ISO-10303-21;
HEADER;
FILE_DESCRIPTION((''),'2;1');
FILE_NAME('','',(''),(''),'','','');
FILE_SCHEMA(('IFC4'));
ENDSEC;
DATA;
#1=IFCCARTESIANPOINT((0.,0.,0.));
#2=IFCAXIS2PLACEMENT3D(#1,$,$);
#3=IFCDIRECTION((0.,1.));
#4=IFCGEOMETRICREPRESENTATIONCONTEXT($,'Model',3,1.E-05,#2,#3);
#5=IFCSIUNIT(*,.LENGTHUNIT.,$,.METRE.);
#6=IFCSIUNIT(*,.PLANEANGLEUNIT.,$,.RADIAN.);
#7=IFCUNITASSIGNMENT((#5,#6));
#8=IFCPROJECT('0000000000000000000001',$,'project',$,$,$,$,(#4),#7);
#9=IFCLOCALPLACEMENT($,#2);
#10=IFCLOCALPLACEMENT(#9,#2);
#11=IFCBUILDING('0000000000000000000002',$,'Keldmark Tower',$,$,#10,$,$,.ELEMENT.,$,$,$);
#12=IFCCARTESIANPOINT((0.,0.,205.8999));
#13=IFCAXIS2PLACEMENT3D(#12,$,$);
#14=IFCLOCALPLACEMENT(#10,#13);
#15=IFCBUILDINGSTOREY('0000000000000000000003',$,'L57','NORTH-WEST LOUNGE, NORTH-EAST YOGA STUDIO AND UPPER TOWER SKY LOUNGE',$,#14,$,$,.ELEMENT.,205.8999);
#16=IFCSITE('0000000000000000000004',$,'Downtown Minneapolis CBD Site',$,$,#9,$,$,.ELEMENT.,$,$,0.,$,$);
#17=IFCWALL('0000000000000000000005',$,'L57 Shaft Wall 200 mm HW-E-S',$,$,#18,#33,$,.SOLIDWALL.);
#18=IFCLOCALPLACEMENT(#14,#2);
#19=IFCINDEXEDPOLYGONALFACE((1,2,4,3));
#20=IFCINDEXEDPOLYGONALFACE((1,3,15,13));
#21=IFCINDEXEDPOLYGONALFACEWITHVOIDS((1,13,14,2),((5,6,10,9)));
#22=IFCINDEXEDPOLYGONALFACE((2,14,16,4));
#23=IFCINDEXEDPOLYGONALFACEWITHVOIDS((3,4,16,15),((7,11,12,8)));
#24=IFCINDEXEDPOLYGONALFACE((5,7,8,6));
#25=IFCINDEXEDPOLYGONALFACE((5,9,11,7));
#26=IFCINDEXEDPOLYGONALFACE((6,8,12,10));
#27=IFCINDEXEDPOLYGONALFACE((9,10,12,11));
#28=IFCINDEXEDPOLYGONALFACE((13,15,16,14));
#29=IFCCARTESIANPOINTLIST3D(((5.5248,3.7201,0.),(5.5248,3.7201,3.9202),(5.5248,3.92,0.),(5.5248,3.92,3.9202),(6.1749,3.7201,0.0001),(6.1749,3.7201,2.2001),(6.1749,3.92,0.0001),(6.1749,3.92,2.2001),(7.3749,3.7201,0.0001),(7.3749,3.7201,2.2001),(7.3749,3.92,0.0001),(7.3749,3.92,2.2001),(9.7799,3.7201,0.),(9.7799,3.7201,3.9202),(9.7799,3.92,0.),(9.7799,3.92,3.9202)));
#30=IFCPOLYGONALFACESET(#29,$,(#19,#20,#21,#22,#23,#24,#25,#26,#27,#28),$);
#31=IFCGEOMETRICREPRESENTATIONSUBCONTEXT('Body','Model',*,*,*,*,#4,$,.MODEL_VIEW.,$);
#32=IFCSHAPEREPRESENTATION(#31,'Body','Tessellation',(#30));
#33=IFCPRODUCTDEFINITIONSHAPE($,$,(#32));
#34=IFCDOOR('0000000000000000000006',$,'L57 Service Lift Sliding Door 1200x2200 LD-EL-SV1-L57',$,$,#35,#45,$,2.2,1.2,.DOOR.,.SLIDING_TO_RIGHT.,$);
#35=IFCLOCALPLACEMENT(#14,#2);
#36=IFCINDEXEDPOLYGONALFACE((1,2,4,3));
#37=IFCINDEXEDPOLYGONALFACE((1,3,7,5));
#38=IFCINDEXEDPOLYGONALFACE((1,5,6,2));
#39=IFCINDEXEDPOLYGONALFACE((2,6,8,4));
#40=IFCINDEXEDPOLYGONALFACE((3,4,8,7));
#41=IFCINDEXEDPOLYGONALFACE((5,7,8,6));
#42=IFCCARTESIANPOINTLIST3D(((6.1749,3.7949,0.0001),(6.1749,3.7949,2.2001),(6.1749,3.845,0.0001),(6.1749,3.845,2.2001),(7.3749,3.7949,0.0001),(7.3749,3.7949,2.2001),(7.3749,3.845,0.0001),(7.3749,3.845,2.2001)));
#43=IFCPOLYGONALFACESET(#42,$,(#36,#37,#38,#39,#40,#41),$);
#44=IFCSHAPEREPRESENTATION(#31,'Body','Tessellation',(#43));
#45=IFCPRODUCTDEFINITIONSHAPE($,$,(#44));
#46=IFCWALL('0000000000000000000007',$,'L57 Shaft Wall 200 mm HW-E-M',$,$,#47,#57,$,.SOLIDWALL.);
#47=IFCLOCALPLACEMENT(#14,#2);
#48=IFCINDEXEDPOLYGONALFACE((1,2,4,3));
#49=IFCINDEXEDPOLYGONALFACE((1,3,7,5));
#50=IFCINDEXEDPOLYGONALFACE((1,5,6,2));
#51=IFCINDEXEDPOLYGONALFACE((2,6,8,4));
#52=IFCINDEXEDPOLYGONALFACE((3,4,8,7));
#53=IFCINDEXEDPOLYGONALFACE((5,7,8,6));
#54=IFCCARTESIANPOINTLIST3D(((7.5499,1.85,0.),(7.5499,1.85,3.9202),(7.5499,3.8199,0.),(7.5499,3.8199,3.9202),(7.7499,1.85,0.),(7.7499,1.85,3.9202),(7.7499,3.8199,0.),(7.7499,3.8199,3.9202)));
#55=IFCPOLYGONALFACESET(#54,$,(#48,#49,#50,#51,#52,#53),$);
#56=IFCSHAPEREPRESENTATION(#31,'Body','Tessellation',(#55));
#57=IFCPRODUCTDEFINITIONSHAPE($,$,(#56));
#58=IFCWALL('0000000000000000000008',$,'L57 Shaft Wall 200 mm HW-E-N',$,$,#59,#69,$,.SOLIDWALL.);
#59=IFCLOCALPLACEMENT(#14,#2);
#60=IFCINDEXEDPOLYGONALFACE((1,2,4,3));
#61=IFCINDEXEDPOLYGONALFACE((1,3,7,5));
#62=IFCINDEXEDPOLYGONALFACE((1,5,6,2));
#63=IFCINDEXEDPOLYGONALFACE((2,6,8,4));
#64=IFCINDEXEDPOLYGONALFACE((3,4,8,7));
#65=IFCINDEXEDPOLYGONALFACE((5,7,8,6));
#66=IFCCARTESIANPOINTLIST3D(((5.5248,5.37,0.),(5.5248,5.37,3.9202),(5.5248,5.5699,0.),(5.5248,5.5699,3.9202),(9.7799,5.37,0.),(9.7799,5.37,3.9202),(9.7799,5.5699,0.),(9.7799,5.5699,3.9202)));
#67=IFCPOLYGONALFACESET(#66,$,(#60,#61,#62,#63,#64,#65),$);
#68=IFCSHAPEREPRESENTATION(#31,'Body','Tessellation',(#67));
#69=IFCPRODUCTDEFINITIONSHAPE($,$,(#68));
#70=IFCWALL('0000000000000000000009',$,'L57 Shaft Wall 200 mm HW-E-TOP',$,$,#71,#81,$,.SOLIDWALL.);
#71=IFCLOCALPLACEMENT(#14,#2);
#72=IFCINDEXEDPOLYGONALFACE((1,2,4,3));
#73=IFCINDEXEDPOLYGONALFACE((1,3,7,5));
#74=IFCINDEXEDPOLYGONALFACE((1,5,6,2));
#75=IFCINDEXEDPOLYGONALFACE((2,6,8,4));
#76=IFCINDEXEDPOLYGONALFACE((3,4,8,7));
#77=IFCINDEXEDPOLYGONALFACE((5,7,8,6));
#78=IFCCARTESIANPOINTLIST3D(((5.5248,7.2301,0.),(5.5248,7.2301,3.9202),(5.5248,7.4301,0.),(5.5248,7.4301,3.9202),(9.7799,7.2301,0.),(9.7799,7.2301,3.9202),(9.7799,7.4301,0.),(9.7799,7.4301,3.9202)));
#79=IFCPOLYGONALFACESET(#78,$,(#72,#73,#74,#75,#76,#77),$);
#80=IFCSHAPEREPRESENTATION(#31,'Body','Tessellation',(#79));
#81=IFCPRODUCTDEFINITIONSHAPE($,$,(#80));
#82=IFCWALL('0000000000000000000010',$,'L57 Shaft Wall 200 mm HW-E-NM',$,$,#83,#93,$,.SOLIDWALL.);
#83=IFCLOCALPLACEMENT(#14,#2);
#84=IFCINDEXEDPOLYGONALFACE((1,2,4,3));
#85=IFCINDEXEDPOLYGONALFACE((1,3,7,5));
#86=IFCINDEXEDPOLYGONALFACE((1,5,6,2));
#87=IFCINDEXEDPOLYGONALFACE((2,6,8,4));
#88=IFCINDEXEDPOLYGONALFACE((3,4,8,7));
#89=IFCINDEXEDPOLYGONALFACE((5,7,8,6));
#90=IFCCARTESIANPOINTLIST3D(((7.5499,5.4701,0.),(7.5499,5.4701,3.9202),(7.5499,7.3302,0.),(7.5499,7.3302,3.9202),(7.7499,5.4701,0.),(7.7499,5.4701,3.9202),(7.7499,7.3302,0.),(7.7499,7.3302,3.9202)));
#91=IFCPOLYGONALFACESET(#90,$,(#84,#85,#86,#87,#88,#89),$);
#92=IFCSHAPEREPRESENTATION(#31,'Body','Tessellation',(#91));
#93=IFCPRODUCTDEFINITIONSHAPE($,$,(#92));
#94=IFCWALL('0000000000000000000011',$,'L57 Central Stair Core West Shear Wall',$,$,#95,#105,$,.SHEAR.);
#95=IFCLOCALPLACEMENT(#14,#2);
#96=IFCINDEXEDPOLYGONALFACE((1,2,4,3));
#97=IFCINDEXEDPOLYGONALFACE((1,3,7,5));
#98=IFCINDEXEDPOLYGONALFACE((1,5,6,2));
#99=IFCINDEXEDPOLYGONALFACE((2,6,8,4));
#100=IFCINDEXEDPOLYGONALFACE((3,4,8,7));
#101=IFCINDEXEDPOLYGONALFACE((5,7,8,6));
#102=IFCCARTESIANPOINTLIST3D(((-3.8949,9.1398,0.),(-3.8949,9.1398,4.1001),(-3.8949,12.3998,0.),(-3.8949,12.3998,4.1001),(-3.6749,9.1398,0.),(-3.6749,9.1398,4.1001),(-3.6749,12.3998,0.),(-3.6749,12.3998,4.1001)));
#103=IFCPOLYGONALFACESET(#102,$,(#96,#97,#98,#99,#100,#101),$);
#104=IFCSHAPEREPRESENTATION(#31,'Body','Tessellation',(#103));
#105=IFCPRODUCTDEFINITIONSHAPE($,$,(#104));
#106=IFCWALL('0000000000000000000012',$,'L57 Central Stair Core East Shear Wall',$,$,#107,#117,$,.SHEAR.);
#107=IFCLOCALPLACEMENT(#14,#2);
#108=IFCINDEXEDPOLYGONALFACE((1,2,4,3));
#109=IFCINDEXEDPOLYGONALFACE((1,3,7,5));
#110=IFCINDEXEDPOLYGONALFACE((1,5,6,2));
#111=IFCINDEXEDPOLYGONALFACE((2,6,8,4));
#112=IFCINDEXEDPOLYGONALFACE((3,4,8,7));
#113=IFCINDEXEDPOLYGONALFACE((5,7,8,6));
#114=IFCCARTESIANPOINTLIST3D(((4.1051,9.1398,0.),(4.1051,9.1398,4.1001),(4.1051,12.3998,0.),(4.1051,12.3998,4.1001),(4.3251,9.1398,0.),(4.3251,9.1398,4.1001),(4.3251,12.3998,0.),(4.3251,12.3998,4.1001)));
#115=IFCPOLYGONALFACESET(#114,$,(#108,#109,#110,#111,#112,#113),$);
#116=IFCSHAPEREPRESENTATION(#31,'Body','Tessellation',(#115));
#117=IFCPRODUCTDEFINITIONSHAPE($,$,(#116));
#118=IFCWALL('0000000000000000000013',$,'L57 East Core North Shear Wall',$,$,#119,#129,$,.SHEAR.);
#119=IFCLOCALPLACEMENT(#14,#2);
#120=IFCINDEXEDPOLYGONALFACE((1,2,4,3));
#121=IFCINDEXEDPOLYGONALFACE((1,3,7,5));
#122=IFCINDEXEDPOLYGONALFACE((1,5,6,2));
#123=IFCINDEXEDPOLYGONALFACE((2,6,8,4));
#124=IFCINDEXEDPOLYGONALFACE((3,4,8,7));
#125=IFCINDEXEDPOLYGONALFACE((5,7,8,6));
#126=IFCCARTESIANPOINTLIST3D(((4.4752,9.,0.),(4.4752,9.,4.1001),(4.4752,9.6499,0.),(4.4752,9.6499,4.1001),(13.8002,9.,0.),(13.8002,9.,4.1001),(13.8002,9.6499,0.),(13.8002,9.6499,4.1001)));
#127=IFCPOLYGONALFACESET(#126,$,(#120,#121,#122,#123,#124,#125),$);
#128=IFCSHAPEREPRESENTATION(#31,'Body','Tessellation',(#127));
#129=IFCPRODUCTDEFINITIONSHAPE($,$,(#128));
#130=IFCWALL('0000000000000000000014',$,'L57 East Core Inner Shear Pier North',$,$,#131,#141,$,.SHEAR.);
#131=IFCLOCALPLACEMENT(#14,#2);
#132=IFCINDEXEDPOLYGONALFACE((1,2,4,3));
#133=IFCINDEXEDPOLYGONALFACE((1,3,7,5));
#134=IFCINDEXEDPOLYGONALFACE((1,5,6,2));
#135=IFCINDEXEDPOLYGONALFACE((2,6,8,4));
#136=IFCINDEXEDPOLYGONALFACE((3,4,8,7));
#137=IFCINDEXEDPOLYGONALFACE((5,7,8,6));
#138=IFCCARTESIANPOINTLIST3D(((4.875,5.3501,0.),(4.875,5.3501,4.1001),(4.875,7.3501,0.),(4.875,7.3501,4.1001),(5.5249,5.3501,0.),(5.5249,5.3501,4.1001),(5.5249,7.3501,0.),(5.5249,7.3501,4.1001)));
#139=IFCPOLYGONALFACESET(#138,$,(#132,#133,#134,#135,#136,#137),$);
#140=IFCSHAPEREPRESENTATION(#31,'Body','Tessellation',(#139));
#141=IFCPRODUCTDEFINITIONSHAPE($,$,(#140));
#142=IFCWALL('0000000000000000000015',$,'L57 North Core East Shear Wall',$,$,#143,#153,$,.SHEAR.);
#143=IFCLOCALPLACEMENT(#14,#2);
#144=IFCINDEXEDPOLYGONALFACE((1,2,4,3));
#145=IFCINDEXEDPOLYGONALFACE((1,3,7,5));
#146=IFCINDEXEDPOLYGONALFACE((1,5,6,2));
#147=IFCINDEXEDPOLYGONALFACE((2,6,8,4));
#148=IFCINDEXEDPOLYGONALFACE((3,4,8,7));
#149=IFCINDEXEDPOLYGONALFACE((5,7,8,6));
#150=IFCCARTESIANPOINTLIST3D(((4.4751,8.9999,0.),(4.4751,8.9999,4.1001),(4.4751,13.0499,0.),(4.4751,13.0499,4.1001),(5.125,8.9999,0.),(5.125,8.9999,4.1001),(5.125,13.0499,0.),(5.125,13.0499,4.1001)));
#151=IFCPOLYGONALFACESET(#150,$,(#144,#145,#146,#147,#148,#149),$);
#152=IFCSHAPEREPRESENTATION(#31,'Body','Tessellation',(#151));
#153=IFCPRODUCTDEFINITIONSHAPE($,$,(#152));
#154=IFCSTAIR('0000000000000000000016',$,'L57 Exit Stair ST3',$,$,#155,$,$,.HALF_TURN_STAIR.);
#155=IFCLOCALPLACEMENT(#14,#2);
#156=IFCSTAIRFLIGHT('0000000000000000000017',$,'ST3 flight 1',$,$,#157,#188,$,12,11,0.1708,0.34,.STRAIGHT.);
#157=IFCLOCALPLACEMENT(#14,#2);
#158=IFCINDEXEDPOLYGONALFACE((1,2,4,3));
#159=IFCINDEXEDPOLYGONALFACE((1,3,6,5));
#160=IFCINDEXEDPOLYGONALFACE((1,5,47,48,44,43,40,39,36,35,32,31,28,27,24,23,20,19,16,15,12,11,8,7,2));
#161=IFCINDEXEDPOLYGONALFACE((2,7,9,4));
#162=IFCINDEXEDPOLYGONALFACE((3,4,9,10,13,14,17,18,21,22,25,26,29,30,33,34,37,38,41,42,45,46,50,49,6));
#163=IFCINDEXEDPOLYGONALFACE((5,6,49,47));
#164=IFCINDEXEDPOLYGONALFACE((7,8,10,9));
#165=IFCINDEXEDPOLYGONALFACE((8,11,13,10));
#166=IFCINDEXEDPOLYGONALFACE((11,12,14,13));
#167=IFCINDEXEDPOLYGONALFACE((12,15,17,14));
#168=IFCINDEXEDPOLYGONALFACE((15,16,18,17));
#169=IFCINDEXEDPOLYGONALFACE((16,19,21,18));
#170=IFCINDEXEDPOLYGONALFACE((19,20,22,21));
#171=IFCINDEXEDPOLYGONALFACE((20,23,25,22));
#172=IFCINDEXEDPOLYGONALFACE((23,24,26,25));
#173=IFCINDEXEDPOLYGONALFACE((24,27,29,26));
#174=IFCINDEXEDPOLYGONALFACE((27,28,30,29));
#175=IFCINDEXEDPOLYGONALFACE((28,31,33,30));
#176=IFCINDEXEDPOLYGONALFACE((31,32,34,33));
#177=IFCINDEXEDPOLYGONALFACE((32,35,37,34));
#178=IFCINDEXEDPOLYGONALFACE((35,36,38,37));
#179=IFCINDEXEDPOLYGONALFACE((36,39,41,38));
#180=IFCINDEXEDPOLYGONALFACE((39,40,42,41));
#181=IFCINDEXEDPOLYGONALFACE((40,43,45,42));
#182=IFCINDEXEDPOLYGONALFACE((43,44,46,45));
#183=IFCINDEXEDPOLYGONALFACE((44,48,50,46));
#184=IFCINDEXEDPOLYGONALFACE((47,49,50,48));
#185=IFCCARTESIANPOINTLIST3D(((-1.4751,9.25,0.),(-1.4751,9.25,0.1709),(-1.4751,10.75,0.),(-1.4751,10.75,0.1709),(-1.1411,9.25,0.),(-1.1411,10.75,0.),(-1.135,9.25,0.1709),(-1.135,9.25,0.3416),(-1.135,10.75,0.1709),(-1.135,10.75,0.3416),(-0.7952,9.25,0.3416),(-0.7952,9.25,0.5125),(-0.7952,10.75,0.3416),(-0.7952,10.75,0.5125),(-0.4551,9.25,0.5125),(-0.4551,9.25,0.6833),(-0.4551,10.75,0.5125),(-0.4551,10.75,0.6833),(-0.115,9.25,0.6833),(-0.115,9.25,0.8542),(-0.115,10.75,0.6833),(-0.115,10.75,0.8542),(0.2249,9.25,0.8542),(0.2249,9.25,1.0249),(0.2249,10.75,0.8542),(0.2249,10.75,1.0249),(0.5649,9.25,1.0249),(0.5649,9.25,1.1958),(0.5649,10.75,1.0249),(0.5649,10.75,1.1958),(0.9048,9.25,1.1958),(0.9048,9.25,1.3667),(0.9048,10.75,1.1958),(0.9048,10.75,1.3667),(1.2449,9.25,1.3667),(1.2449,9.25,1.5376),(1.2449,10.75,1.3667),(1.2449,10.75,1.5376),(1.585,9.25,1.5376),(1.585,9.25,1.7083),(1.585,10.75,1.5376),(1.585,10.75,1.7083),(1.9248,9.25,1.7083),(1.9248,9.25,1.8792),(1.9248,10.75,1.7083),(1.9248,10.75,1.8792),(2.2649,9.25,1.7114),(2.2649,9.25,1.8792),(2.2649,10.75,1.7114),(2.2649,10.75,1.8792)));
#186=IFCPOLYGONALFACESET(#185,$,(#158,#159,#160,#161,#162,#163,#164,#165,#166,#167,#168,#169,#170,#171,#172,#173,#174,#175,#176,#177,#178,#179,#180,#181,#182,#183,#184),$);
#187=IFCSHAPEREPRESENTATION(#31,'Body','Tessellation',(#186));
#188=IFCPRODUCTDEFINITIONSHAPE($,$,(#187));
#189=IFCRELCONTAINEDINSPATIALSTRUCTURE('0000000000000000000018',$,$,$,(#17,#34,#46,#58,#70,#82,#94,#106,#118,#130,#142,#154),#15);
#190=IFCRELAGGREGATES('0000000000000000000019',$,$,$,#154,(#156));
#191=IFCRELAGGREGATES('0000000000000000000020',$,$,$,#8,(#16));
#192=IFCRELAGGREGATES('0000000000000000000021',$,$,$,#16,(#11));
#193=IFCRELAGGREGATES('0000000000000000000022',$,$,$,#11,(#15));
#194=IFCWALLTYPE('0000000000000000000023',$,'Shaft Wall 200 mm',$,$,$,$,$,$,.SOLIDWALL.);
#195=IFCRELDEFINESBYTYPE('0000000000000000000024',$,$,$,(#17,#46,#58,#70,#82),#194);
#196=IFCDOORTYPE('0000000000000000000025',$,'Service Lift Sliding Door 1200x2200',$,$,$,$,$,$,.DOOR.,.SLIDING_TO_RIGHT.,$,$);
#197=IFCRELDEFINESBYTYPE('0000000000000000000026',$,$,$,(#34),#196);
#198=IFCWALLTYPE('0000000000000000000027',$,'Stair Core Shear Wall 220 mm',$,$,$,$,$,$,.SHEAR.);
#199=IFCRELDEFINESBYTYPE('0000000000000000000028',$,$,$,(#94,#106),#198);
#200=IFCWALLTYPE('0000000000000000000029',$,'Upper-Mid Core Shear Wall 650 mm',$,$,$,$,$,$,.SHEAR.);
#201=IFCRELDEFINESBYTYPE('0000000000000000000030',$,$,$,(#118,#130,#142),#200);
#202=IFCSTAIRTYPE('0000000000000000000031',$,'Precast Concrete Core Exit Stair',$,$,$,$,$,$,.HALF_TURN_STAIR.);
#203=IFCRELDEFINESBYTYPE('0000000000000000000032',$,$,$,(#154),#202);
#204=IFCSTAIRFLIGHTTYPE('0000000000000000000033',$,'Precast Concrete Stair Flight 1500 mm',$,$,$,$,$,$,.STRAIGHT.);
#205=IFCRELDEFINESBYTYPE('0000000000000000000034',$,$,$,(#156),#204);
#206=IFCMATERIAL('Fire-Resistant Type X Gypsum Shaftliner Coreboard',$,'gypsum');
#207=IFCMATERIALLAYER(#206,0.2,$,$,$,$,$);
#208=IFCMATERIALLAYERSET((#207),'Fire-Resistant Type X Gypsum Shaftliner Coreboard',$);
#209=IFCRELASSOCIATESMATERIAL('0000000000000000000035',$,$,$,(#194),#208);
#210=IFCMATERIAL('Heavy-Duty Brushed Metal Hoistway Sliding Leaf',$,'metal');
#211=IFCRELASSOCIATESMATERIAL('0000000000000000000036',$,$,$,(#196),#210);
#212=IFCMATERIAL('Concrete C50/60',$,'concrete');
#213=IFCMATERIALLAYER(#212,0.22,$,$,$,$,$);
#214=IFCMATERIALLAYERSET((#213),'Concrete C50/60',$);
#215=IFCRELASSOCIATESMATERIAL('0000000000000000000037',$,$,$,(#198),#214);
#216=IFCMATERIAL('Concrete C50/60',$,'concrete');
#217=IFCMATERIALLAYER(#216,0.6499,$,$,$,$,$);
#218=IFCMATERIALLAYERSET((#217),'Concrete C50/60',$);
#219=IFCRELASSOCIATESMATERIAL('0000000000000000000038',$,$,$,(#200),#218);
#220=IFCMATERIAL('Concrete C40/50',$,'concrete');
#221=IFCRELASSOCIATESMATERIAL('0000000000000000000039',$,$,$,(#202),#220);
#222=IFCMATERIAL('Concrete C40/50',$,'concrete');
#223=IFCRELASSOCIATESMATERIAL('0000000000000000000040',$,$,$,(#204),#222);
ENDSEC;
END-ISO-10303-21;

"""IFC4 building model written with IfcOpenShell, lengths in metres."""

from ifc_helpers import new_model, si_unit, direction, frame, frame_2d, origin, place, context, subcontext, project, spatial, polyline, rectangle, outline, extrude, material, layer, layer_set, type_object, element, fill, aggregate, save


model = new_model("IFC4")

# Units and contexts
model_context = context("Model", 3, precision=1e-05, world=origin(), true_north=direction((0.0, 1.0)))
body_context = subcontext(model_context, "Body", "Model", "MODEL_VIEW")
ifc_project = project(units=[si_unit("LENGTHUNIT", "METRE"), si_unit("PLANEANGLEUNIT", "RADIAN")], contexts=[model_context])

# Site, building, storey
site_placement = place(None, origin())
site = spatial("IfcSite", under=ifc_project, at=site_placement, Name="Downtown Minneapolis CBD Site", CompositionType="ELEMENT", RefElevation=0.0)
building_placement = place(site_placement, origin())
building = spatial("IfcBuilding", under=site, at=building_placement, Name="Keldmark Tower", CompositionType="ELEMENT")
storey_placement = place(building_placement, frame((0.0, 0.0, 205.8999)))
storey = spatial("IfcBuildingStorey", under=building, at=storey_placement, Name="L57", Description="NORTH-WEST LOUNGE, NORTH-EAST YOGA STUDIO AND UPPER TOWER SKY LOUNGE", CompositionType="ELEMENT", Elevation=205.8999)

# Wall, opening, door
ifc_material_1 = material(Name="Fire-Resistant Type X Gypsum Shaftliner Coreboard", Category="gypsum")
ifc_layer_1 = layer(ifc_material_1, 0.2)
ifc_layer_set_1 = layer_set([ifc_layer_1], Name="Fire-Resistant Type X Gypsum Shaftliner Coreboard")
wall_type_1 = type_object("IfcWallType", Name="Shaft Wall 200 mm", PredefinedType="SOLIDWALL", material=ifc_layer_set_1)
wall_1_placement = place(storey_placement, frame((5.5249, 3.8201, 0.0), z_axis=(0.0, 0.0, 1.0), x_axis=(1.0, 0.0, 0.0)))
wall_1 = element("IfcWall", 1, at=wall_1_placement, inside=storey, type_object=wall_type_1, Name="L57 Shaft Wall 200 mm HW-E-S", PredefinedType="SOLIDWALL", context=body_context, shape_type="SweptSolid", body=[
    extrude(rectangle(XDim=4.2551, YDim=0.2, at=frame_2d((2.1274, 0.0))), origin(), (0.0, 0.0, 1.0), 3.9202),
])
opening_1_placement = place(wall_1_placement, frame((0.6499, 0.0, 0.0)))
opening_1 = element("IfcOpeningElement", 2, at=opening_1_placement, cuts=wall_1, PredefinedType="OPENING", context=body_context, shape_type="SweptSolid", body=[
    extrude(rectangle(XDim=1.2, YDim=2.2, at=frame_2d((0.6001, 1.1001))), frame((0.0, 0.1099, 0.0), z_axis=(0.0, -1.0, 0.0), x_axis=(1.0, 0.0, 0.0)), (0.0, 0.0, 1.0), 0.22),
])
ifc_material_2 = material(Name="Heavy-Duty Brushed Metal Hoistway Sliding Leaf", Category="metal")
door_type_1 = type_object("IfcDoorType", Name="Service Lift Sliding Door 1200x2200", OperationType="SLIDING_TO_RIGHT", PredefinedType="DOOR", material=ifc_material_2)
door_1_placement = place(opening_1_placement, origin())
door_1 = element("IfcDoor", 3, at=door_1_placement, inside=storey, type_object=door_type_1, Name="L57 Service Lift Sliding Door 1200x2200 LD-EL-SV1-L57", OperationType="SLIDING_TO_RIGHT", OverallHeight=2.2, OverallWidth=1.2, PredefinedType="DOOR", context=body_context, shape_type="SweptSolid", body=[
    extrude(rectangle(XDim=1.2, YDim=2.2, at=frame_2d((0.6001, 1.1001))), frame((0.0, 0.0249, 0.0), z_axis=(0.0, -1.0, 0.0), x_axis=(1.0, 0.0, 0.0)), (0.0, 0.0, 1.0), 0.05),
])
fill(opening_1, door_1)

# Walls
wall_2_placement = place(storey_placement, frame((7.6499, 1.8501, 0.0), z_axis=(0.0, 0.0, 1.0), x_axis=(0.0, 1.0, 0.0)))
element("IfcWall", 4, at=wall_2_placement, inside=storey, type_object=wall_type_1, Name="L57 Shaft Wall 200 mm HW-E-M", PredefinedType="SOLIDWALL", context=body_context, shape_type="SweptSolid", body=[
    extrude(rectangle(XDim=1.97, YDim=0.2, at=frame_2d((0.9849, 0.0))), origin(), (0.0, 0.0, 1.0), 3.9202),
])
for number, where, z_axis, x_axis, name in (
    (5, (5.5249, 5.47, 0.0), (0.0, 0.0, 1.0), (1.0, 0.0, 0.0), "L57 Shaft Wall 200 mm HW-E-N"),
    (6, (5.5249, 7.3301, 0.0), (0.0, 0.0, 1.0), (1.0, 0.0, 0.0), "L57 Shaft Wall 200 mm HW-E-TOP"),
):
    element("IfcWall", number, at=place(storey_placement, frame(where, z_axis=z_axis, x_axis=x_axis)), inside=storey, type_object=wall_type_1, Name=name, PredefinedType="SOLIDWALL", context=body_context, shape_type="SweptSolid", body=[
        extrude(rectangle(XDim=4.2551, YDim=0.2, at=frame_2d((2.1274, 0.0))), origin(), (0.0, 0.0, 1.0), 3.9202),
    ])
wall_3_placement = place(storey_placement, frame((7.6499, 5.47, 0.0), z_axis=(0.0, 0.0, 1.0), x_axis=(0.0, 1.0, 0.0)))
element("IfcWall", 7, at=wall_3_placement, inside=storey, type_object=wall_type_1, Name="L57 Shaft Wall 200 mm HW-E-NM", PredefinedType="SOLIDWALL", context=body_context, shape_type="SweptSolid", body=[
    extrude(rectangle(XDim=1.8601, YDim=0.2, at=frame_2d((0.9302, 0.0))), origin(), (0.0, 0.0, 1.0), 3.9202),
])
ifc_material_3 = material(Name="Concrete C50/60", Category="concrete")
ifc_layer_2 = layer(ifc_material_3, 0.22)
ifc_layer_set_2 = layer_set([ifc_layer_2], Name="Concrete C50/60")
wall_type_2 = type_object("IfcWallType", Name="Stair Core Shear Wall 220 mm", PredefinedType="SHEAR", material=ifc_layer_set_2)
for number, where, z_axis, x_axis, name in (
    (8, (-3.7849, 9.1399, 0.0), (0.0, 0.0, 1.0), (0.0, 1.0, 0.0), "L57 Central Stair Core West Shear Wall"),
    (9, (4.2151, 9.1399, 0.0), (0.0, 0.0, 1.0), (0.0, 1.0, 0.0), "L57 Central Stair Core East Shear Wall"),
):
    element("IfcWall", number, at=place(storey_placement, frame(where, z_axis=z_axis, x_axis=x_axis)), inside=storey, type_object=wall_type_2, Name=name, PredefinedType="SHEAR", context=body_context, shape_type="SweptSolid", body=[
        extrude(rectangle(XDim=3.26, YDim=0.22, at=frame_2d((1.6299, 0.0))), origin(), (0.0, 0.0, 1.0), 4.1001),
    ])
ifc_material_4 = material(Name="Concrete C50/60", Category="concrete")
ifc_layer_3 = layer(ifc_material_4, 0.6499)
ifc_layer_set_3 = layer_set([ifc_layer_3], Name="Concrete C50/60")
wall_type_3 = type_object("IfcWallType", Name="Upper-Mid Core Shear Wall 650 mm", PredefinedType="SHEAR", material=ifc_layer_set_3)
wall_4_placement = place(storey_placement, frame((4.4751, 9.325, 0.0), z_axis=(0.0, 0.0, 1.0), x_axis=(1.0, 0.0, 0.0)))
element("IfcWall", 10, at=wall_4_placement, inside=storey, type_object=wall_type_3, Name="L57 East Core North Shear Wall", PredefinedType="SHEAR", context=body_context, shape_type="SweptSolid", body=[
    extrude(rectangle(XDim=9.325, YDim=0.6499, at=frame_2d((4.6626, 0.0))), origin(), (0.0, 0.0, 1.0), 4.1001),
])
wall_5_placement = place(storey_placement, frame((5.2, 5.3501, 0.0), z_axis=(0.0, 0.0, 1.0), x_axis=(0.0, 1.0, 0.0)))
element("IfcWall", 11, at=wall_5_placement, inside=storey, type_object=wall_type_3, Name="L57 East Core Inner Shear Pier North", PredefinedType="SHEAR", context=body_context, shape_type="SweptSolid", body=[
    extrude(rectangle(XDim=2.0, YDim=0.6499, at=frame_2d((1.0, 0.0))), origin(), (0.0, 0.0, 1.0), 4.1001),
])
wall_6_placement = place(storey_placement, frame((4.8, 9.0, 0.0), z_axis=(0.0, 0.0, 1.0), x_axis=(0.0, 1.0, 0.0)))
element("IfcWall", 12, at=wall_6_placement, inside=storey, type_object=wall_type_3, Name="L57 North Core East Shear Wall", PredefinedType="SHEAR", context=body_context, shape_type="SweptSolid", body=[
    extrude(rectangle(XDim=4.05, YDim=0.6499, at=frame_2d((2.0249, 0.0))), origin(), (0.0, 0.0, 1.0), 4.1001),
])

# Stair, stair flight
ifc_material_5 = material(Name="Concrete C40/50", Category="concrete")
stair_type = type_object("IfcStairType", Name="Precast Concrete Core Exit Stair", PredefinedType="HALF_TURN_STAIR", material=ifc_material_5)
stair_placement = place(storey_placement, origin())
stair = element("IfcStair", 13, at=stair_placement, inside=storey, type_object=stair_type, Name="L57 Exit Stair ST3", PredefinedType="HALF_TURN_STAIR")
ifc_material_6 = material(Name="Concrete C40/50", Category="concrete")
stair_flight_type = type_object("IfcStairFlightType", Name="Precast Concrete Stair Flight 1500 mm", PredefinedType="STRAIGHT", material=ifc_material_6)
stair_flight_placement = place(storey_placement, frame((-1.4751, 10.0, 0.0), z_axis=(0.0, 0.0, 1.0), x_axis=(1.0, 0.0, 0.0)))
stair_flight = element("IfcStairFlight", 14, at=stair_flight_placement, type_object=stair_flight_type, Name="ST3 flight 1", NumberOfRisers=12, NumberOfTreads=11, PredefinedType="STRAIGHT", RiserHeight=0.1708, TreadLength=0.34, context=body_context, shape_type="SweptSolid", body=[
    extrude(outline(polyline([(0.0, 0.0), (0.0, 0.1709), (0.3401, 0.1709), (0.3401, 0.3416), (0.6799, 0.3416), (0.6799, 0.5125), (1.02, 0.5125), (1.02, 0.6833), (1.3601, 0.6833), (1.3601, 0.8542), (1.7, 0.8542), (1.7, 1.0249), (2.04, 1.0249), (2.04, 1.1958), (2.3799, 1.1958), (2.3799, 1.3667), (2.72, 1.3667), (2.72, 1.5376), (3.0601, 1.5376), (3.0601, 1.7083), (3.3999, 1.7083), (3.3999, 1.8792), (3.74, 1.8792), (3.74, 2.05), (3.74, 1.7114), (0.334, 0.0), (0.0, 0.0)])), frame((0.0, 0.75, 0.0), z_axis=(0.0, -1.0, 0.0), x_axis=(1.0, 0.0, 0.0)), (0.0, 0.0, 1.0), 1.5),
])
aggregate(stair, [stair_flight])

save(model, "model.ifc")
